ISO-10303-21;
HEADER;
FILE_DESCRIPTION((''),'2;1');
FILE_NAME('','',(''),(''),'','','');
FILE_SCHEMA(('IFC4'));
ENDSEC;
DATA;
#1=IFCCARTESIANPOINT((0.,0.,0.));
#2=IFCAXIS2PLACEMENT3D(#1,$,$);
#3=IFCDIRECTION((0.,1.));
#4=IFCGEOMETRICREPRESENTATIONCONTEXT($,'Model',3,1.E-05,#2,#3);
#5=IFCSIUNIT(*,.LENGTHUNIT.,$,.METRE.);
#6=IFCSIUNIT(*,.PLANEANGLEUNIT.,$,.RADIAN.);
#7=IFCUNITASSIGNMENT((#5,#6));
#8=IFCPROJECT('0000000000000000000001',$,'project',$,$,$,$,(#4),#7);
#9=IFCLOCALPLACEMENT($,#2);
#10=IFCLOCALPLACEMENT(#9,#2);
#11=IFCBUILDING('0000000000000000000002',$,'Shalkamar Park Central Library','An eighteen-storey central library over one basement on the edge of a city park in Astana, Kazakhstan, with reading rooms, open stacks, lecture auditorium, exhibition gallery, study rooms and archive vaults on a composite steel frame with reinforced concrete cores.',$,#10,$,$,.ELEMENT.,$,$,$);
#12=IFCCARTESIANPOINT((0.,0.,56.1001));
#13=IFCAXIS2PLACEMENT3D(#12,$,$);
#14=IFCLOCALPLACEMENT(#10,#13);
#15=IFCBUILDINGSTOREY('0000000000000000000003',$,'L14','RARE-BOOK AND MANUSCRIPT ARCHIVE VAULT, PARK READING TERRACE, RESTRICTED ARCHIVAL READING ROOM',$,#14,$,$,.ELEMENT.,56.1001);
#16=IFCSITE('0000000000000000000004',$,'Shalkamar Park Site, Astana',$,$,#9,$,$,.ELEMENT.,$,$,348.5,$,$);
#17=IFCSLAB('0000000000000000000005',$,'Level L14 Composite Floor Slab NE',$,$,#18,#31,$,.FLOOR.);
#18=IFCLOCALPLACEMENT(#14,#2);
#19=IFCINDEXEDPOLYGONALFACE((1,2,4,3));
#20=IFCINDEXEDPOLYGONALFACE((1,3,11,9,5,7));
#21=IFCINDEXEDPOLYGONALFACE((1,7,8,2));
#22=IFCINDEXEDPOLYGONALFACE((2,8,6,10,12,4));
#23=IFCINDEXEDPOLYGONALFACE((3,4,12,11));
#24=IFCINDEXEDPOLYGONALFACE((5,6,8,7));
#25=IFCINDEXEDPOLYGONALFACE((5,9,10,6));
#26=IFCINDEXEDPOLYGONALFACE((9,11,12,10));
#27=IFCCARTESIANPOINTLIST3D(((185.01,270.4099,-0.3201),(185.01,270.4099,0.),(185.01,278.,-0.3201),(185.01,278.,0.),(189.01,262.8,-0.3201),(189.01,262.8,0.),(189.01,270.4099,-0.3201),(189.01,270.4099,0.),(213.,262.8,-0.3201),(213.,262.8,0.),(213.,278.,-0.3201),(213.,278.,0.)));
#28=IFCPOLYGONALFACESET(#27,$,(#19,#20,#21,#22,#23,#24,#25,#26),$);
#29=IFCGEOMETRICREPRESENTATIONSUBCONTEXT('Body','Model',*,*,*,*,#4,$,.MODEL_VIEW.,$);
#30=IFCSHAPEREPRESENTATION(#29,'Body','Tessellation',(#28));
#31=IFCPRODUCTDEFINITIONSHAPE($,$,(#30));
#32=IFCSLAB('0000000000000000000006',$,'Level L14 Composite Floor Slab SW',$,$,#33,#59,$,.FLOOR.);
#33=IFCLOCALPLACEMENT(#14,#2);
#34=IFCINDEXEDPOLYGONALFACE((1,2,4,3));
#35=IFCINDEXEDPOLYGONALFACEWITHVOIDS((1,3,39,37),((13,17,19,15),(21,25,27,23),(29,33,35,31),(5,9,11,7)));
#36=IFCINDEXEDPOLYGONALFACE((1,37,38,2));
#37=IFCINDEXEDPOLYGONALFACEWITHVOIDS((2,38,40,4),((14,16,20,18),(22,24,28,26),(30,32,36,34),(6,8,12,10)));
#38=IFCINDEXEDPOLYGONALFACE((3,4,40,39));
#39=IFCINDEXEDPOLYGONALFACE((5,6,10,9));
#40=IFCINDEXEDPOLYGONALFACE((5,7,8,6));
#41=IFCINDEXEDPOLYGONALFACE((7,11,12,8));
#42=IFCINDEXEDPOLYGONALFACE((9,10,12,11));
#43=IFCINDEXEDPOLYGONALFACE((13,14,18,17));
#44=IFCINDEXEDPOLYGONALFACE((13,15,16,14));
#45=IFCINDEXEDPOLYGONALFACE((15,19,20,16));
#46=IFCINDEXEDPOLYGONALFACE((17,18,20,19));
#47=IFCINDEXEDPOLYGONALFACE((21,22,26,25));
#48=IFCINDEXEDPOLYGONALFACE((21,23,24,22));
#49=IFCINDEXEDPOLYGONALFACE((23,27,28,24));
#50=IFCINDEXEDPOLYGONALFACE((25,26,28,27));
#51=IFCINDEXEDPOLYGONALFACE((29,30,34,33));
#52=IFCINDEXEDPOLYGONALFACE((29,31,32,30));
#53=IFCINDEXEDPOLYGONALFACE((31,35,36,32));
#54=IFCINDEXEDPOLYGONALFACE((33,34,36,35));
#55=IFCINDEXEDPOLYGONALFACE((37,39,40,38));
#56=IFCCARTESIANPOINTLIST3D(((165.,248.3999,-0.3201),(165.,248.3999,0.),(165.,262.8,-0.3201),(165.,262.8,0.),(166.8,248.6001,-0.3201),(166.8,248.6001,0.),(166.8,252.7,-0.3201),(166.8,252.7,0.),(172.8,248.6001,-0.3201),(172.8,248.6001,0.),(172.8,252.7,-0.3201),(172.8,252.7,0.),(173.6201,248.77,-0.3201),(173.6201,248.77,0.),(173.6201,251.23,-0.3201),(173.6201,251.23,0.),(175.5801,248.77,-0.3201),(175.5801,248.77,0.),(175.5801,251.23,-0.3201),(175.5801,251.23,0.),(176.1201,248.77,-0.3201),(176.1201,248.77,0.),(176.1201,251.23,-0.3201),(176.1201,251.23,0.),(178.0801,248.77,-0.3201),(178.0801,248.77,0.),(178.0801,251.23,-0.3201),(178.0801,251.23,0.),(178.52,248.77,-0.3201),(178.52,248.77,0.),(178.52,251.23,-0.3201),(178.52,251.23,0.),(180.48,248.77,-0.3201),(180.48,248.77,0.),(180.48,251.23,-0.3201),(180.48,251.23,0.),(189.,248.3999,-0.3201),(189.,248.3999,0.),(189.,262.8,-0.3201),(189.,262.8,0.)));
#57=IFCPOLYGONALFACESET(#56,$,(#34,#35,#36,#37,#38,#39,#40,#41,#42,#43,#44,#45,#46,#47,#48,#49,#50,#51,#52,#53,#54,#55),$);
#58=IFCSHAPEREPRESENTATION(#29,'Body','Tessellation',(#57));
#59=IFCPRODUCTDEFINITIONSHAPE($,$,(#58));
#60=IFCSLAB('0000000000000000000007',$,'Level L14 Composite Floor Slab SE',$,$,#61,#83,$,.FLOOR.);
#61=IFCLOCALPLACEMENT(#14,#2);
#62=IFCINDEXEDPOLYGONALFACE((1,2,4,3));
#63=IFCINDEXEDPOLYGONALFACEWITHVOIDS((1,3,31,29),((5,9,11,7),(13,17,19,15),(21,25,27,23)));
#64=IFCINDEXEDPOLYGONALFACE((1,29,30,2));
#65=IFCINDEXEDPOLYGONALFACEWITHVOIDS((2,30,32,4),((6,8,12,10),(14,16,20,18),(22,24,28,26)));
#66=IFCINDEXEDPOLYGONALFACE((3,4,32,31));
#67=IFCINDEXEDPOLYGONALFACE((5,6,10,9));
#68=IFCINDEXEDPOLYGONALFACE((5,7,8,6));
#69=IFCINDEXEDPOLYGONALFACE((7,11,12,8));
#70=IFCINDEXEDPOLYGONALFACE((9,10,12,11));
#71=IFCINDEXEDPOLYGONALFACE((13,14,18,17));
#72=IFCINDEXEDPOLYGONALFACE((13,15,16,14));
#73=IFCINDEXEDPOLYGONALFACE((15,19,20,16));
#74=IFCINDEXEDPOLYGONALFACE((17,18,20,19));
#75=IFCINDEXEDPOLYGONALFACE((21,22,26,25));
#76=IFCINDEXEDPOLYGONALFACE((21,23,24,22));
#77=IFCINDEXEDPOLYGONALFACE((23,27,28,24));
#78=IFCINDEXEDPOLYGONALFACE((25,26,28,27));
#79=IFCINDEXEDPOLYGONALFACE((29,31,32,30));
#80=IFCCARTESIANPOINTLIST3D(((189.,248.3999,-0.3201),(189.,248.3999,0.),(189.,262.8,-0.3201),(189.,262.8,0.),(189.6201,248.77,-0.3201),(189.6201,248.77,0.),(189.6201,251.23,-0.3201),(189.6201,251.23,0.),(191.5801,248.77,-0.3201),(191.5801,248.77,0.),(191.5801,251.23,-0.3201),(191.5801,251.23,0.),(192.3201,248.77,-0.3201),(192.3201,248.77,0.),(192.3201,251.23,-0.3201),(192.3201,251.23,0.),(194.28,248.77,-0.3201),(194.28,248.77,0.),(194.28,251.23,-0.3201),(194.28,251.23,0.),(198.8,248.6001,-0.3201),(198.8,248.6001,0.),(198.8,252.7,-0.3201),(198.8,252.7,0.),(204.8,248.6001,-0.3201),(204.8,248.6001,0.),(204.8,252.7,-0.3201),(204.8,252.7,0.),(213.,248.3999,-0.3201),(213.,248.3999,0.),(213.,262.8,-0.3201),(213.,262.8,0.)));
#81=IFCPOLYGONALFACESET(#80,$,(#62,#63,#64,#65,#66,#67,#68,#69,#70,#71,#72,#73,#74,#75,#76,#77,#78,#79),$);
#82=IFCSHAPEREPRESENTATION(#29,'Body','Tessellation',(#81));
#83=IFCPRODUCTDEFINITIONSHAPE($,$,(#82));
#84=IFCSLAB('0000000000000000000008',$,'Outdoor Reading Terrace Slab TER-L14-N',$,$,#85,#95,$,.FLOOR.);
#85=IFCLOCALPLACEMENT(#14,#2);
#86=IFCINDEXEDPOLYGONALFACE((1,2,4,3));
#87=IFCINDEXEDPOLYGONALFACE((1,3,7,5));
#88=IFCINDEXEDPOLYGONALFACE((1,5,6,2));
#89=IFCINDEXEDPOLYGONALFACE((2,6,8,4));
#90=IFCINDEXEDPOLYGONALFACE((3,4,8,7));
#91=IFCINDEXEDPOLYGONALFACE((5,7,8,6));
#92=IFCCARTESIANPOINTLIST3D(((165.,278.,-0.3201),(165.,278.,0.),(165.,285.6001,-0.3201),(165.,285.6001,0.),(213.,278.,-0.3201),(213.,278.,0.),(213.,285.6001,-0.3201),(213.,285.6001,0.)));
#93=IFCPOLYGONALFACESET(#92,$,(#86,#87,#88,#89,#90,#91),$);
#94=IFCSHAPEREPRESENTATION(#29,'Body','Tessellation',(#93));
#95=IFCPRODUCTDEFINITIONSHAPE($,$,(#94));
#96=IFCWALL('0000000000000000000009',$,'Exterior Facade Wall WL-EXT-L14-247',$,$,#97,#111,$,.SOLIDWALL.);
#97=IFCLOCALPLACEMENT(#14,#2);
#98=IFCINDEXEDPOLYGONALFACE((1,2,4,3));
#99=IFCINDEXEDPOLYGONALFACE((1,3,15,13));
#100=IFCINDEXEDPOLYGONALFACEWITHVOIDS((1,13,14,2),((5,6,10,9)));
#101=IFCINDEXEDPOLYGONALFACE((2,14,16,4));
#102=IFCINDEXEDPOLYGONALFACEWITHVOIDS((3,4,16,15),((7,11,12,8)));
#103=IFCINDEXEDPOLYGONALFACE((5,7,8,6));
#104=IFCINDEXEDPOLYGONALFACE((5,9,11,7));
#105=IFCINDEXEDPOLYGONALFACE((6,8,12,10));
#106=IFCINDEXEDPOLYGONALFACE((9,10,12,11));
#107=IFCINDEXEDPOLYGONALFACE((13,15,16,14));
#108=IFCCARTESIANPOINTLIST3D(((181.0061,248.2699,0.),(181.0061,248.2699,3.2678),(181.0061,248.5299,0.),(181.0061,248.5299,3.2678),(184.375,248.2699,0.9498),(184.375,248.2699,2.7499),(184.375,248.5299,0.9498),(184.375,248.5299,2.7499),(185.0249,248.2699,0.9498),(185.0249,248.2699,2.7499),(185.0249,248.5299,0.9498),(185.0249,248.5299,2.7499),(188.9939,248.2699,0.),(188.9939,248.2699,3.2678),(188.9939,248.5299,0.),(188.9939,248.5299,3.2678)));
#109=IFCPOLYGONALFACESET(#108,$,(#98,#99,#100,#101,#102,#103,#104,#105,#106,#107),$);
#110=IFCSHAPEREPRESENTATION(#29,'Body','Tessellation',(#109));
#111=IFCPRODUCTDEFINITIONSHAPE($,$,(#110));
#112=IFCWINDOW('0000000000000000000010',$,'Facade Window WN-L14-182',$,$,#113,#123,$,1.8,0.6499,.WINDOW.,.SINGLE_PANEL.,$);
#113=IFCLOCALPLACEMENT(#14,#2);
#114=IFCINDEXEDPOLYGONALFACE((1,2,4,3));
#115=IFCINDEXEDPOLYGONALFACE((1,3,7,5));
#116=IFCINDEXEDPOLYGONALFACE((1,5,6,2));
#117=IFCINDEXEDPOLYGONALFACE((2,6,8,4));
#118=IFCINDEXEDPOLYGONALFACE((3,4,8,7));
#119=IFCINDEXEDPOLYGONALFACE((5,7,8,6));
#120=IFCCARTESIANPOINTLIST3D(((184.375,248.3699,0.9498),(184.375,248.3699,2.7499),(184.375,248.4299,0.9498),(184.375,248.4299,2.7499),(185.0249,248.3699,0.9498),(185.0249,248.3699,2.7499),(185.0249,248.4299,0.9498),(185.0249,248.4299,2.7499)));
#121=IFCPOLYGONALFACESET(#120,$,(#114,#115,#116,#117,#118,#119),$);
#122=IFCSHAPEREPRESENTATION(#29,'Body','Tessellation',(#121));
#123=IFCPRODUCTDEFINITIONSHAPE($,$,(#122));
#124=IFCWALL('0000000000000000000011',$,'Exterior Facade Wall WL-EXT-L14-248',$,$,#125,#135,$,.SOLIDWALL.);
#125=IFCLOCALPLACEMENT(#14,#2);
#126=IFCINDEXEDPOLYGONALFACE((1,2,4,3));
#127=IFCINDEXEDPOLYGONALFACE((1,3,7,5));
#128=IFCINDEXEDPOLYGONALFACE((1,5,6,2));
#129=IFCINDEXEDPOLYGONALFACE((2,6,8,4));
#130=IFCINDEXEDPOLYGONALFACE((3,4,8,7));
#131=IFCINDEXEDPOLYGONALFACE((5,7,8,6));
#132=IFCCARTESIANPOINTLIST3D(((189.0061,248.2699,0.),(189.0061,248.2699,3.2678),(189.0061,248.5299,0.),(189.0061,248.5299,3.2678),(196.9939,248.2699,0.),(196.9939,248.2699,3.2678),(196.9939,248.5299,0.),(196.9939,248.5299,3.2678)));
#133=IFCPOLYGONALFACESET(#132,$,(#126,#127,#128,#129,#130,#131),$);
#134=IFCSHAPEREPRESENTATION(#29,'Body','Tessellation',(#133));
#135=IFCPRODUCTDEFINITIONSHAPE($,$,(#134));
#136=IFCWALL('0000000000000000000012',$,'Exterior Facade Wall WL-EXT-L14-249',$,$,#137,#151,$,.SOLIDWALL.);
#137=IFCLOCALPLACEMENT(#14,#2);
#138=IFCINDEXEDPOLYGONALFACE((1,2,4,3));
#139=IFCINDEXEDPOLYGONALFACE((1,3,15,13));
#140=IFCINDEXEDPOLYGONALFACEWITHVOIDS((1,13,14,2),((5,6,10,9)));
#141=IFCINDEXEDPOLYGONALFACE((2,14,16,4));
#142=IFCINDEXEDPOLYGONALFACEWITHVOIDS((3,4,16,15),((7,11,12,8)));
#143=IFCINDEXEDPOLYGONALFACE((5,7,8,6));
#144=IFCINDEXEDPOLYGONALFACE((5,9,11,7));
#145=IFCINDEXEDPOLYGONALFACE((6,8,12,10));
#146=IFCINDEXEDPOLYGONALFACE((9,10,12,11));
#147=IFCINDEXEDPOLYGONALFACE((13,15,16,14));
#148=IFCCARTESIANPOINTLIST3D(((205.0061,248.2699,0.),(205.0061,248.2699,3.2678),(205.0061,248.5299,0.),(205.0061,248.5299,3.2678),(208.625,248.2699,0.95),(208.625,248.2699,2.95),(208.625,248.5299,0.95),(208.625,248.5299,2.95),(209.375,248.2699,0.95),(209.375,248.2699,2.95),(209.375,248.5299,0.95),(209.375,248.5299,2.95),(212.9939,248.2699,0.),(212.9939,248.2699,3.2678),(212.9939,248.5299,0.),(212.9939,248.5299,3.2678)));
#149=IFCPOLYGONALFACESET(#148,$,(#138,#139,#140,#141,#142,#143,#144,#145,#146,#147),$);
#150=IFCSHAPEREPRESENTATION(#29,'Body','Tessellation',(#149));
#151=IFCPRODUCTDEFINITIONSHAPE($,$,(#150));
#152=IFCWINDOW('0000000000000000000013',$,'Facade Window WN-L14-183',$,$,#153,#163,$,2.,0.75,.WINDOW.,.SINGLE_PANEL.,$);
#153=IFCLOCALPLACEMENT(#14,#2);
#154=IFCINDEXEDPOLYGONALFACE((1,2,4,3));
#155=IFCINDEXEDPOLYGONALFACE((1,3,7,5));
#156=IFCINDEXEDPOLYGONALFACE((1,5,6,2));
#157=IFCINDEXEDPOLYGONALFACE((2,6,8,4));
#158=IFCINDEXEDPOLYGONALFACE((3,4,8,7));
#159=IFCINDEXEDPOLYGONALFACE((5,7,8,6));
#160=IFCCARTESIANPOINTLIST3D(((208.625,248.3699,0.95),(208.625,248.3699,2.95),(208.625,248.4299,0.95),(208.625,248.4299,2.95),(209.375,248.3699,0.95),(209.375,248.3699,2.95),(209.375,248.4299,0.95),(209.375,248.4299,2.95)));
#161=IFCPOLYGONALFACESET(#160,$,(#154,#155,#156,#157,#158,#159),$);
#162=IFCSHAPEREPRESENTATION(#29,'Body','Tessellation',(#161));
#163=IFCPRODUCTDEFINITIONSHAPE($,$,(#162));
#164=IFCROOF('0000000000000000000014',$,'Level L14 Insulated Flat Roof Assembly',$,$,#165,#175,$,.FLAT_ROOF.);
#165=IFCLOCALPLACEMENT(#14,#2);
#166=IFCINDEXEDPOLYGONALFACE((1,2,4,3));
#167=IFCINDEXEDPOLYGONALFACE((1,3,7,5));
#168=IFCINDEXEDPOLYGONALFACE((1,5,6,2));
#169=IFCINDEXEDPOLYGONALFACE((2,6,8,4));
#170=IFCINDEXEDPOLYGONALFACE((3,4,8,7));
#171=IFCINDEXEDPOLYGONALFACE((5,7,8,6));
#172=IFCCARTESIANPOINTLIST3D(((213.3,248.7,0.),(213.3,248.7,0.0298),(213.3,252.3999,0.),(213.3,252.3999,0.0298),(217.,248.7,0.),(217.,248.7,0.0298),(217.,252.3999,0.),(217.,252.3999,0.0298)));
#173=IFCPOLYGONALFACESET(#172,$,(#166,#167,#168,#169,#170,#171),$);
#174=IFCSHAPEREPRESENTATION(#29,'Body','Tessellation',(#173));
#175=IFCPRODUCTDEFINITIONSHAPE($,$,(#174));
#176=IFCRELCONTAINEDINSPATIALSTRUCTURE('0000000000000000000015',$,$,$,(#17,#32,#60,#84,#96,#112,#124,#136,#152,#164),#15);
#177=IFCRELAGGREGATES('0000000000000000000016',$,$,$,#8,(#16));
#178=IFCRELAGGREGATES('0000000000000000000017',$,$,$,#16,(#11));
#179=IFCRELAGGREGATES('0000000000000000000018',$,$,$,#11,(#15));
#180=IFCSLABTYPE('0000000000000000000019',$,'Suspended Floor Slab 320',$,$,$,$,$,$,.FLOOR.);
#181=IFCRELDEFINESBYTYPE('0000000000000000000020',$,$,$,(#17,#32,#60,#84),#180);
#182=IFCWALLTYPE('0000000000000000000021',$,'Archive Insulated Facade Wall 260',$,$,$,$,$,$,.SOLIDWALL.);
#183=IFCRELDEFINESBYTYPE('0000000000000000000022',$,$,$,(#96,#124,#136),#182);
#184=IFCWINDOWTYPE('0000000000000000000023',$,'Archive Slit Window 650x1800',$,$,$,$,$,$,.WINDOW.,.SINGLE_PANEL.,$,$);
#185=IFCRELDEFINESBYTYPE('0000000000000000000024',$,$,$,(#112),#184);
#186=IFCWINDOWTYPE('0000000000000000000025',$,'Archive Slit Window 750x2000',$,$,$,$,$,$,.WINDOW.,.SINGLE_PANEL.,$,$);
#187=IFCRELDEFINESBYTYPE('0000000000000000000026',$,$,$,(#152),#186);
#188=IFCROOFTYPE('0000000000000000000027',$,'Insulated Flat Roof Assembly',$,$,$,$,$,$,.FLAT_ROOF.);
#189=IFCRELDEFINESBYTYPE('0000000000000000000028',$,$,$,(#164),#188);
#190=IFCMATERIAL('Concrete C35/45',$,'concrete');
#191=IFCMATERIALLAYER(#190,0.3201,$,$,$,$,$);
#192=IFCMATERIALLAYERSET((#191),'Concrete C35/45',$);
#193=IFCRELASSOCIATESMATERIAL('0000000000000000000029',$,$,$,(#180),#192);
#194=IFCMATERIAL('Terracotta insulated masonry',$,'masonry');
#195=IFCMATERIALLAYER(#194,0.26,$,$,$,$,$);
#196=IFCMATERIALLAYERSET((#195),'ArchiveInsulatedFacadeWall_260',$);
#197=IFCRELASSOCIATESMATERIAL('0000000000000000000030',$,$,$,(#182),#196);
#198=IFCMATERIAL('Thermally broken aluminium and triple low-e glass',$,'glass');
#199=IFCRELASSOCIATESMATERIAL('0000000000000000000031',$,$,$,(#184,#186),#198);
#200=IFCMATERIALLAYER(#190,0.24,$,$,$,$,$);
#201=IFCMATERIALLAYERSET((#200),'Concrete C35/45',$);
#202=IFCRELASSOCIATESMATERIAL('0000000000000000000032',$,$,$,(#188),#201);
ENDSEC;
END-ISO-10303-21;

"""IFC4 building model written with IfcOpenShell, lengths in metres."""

from ifc_helpers import new_model, si_unit, direction, frame, frame_2d, origin, place, context, subcontext, project, spatial, polyline, rectangle, outline, extrude, material, layer, layer_set, type_object, element, fill, save


model = new_model("IFC4")

# Units and contexts
model_context = context("Model", 3, precision=1e-05, world=origin(), true_north=direction((0.0, 1.0)))
body_context = subcontext(model_context, "Body", "Model", "MODEL_VIEW")
ifc_project = project(units=[si_unit("LENGTHUNIT", "METRE"), si_unit("PLANEANGLEUNIT", "RADIAN")], contexts=[model_context])

# Site, building, storey
site_placement = place(None, origin())
site = spatial("IfcSite", under=ifc_project, at=site_placement, Name="Shalkamar Park Site, Astana", CompositionType="ELEMENT", RefElevation=348.5)
building_placement = place(site_placement, origin())
building = spatial("IfcBuilding", under=site, at=building_placement, Name="Shalkamar Park Central Library", Description="An eighteen-storey central library over one basement on the edge of a city park in Astana, Kazakhstan, with reading rooms, open stacks, lecture auditorium, exhibition gallery, study rooms and archive vaults on a composite steel frame with reinforced concrete cores.", CompositionType="ELEMENT")
storey_placement = place(building_placement, frame((0.0, 0.0, 56.1001)))
storey = spatial("IfcBuildingStorey", under=building, at=storey_placement, Name="L14", Description="RARE-BOOK AND MANUSCRIPT ARCHIVE VAULT, PARK READING TERRACE, RESTRICTED ARCHIVAL READING ROOM", CompositionType="ELEMENT", Elevation=56.1001)

# Shared definitions
ifc_material_1 = material(Name="Concrete C35/45", Category="concrete")

# Slabs
ifc_layer_1 = layer(ifc_material_1, 0.3201)
ifc_layer_set_1 = layer_set([ifc_layer_1], Name="Concrete C35/45")
slab_type_1 = type_object("IfcSlabType", Name="Suspended Floor Slab 320", PredefinedType="FLOOR", material=ifc_layer_set_1)
slab_1_placement = place(storey_placement, frame((0.0, 0.0, -0.3201)))
element("IfcSlab", 1, at=slab_1_placement, inside=storey, type_object=slab_type_1, Name="Level L14 Composite Floor Slab NE", PredefinedType="FLOOR", context=body_context, shape_type="SweptSolid", body=[
    extrude(outline(polyline([(189.01, 262.8), (213.0, 262.8), (213.0, 278.0), (185.01, 278.0), (185.01, 270.4099), (189.01, 270.4099), (189.01, 262.8)])), origin(), (0.0, 0.0, 1.0), 0.3201),
])
slab_2_placement = place(storey_placement, frame((0.0, 0.0, -0.3201)))
element("IfcSlab", 2, at=slab_2_placement, inside=storey, type_object=slab_type_1, Name="Level L14 Composite Floor Slab SW", PredefinedType="FLOOR", context=body_context, shape_type="SweptSolid", body=[
    extrude(outline(polyline([(165.0, 248.3999), (165.0, 262.8), (189.0, 262.8), (189.0, 248.3999), (165.0, 248.3999)]), holes=[polyline([(173.6201, 248.77), (175.5801, 248.77), (175.5801, 251.23), (173.6201, 251.23), (173.6201, 248.77)]), polyline([(176.1201, 251.23), (176.1201, 248.77), (178.0801, 248.77), (178.0801, 251.23), (176.1201, 251.23)]), polyline([(178.52, 251.23), (178.52, 248.77), (180.48, 248.77), (180.48, 251.23), (178.52, 251.23)]), polyline([(166.8, 252.7), (166.8, 248.6001), (172.8, 248.6001), (172.8, 252.7), (166.8, 252.7)])]), origin(), (0.0, 0.0, 1.0), 0.3201),
])
slab_3_placement = place(storey_placement, frame((0.0, 0.0, -0.3201)))
element("IfcSlab", 3, at=slab_3_placement, inside=storey, type_object=slab_type_1, Name="Level L14 Composite Floor Slab SE", PredefinedType="FLOOR", context=body_context, shape_type="SweptSolid", body=[
    extrude(outline(polyline([(189.0, 248.3999), (189.0, 262.8), (213.0, 262.8), (213.0, 248.3999), (189.0, 248.3999)]), holes=[polyline([(189.6201, 251.23), (189.6201, 248.77), (191.5801, 248.77), (191.5801, 251.23), (189.6201, 251.23)]), polyline([(192.3201, 251.23), (192.3201, 248.77), (194.28, 248.77), (194.28, 251.23), (192.3201, 251.23)]), polyline([(198.8, 252.7), (198.8, 248.6001), (204.8, 248.6001), (204.8, 252.7), (198.8, 252.7)])]), origin(), (0.0, 0.0, 1.0), 0.3201),
])
slab_4_placement = place(storey_placement, frame((0.0, 0.0, -0.3201)))
element("IfcSlab", 4, at=slab_4_placement, inside=storey, type_object=slab_type_1, Name="Outdoor Reading Terrace Slab TER-L14-N", PredefinedType="FLOOR", context=body_context, shape_type="SweptSolid", body=[
    extrude(outline(polyline([(165.0, 278.0), (213.0, 278.0), (213.0, 285.6001), (165.0, 285.6001), (165.0, 278.0)])), origin(), (0.0, 0.0, 1.0), 0.3201),
])

# Wall, opening, window
ifc_material_2 = material(Name="Terracotta insulated masonry", Category="masonry")
ifc_layer_2 = layer(ifc_material_2, 0.26)
ifc_layer_set_2 = layer_set([ifc_layer_2], Name="ArchiveInsulatedFacadeWall_260")
wall_type = type_object("IfcWallType", Name="Archive Insulated Facade Wall 260", PredefinedType="SOLIDWALL", material=ifc_layer_set_2)
wall_1_placement = place(storey_placement, frame((181.0061, 248.3999, 0.0), z_axis=(0.0, 0.0, 1.0), x_axis=(1.0, 0.0, 0.0)))
wall_1 = element("IfcWall", 5, at=wall_1_placement, inside=storey, type_object=wall_type, Name="Exterior Facade Wall WL-EXT-L14-247", PredefinedType="SOLIDWALL", context=body_context, shape_type="SweptSolid", body=[
    extrude(rectangle(XDim=7.9878, YDim=0.26, at=frame_2d((3.9939, 0.0))), origin(), (0.0, 0.0, 1.0), 3.2678),
])
opening_1_placement = place(wall_1_placement, frame((3.3689, 0.0, 0.95)))
opening_1 = element("IfcOpeningElement", 6, at=opening_1_placement, cuts=wall_1, PredefinedType="OPENING", context=body_context, shape_type="SweptSolid", body=[
    extrude(rectangle(XDim=0.6499, YDim=1.8, at=frame_2d((0.325, 0.8999))), frame((0.0, 0.145, 0.0), z_axis=(0.0, -1.0, 0.0), x_axis=(1.0, 0.0, 0.0)), (0.0, 0.0, 1.0), 0.2898),
])
ifc_material_3 = material(Name="Thermally broken aluminium and triple low-e glass", Category="glass")
window_type_1 = type_object("IfcWindowType", Name="Archive Slit Window 650x1800", PartitioningType="SINGLE_PANEL", PredefinedType="WINDOW", material=ifc_material_3)
window_1_placement = place(opening_1_placement, origin())
window_1 = element("IfcWindow", 7, at=window_1_placement, inside=storey, type_object=window_type_1, Name="Facade Window WN-L14-182", OverallHeight=1.8, OverallWidth=0.6499, PartitioningType="SINGLE_PANEL", PredefinedType="WINDOW", context=body_context, shape_type="SweptSolid", body=[
    extrude(rectangle(XDim=0.6499, YDim=1.8, at=frame_2d((0.325, 0.8999))), frame((0.0, 0.03, 0.0), z_axis=(0.0, -1.0, 0.0), x_axis=(1.0, 0.0, 0.0)), (0.0, 0.0, 1.0), 0.0601),
])
fill(opening_1, window_1)

# Wall
wall_2_placement = place(storey_placement, frame((189.0061, 248.3999, 0.0), z_axis=(0.0, 0.0, 1.0), x_axis=(1.0, 0.0, 0.0)))
element("IfcWall", 8, at=wall_2_placement, inside=storey, type_object=wall_type, Name="Exterior Facade Wall WL-EXT-L14-248", PredefinedType="SOLIDWALL", context=body_context, shape_type="SweptSolid", body=[
    extrude(rectangle(XDim=7.9878, YDim=0.26, at=frame_2d((3.9939, 0.0))), origin(), (0.0, 0.0, 1.0), 3.2678),
])

# Wall, opening, window
wall_3_placement = place(storey_placement, frame((205.0061, 248.3999, 0.0), z_axis=(0.0, 0.0, 1.0), x_axis=(1.0, 0.0, 0.0)))
wall_3 = element("IfcWall", 9, at=wall_3_placement, inside=storey, type_object=wall_type, Name="Exterior Facade Wall WL-EXT-L14-249", PredefinedType="SOLIDWALL", context=body_context, shape_type="SweptSolid", body=[
    extrude(rectangle(XDim=7.9878, YDim=0.26, at=frame_2d((3.9939, 0.0))), origin(), (0.0, 0.0, 1.0), 3.2678),
])
opening_2_placement = place(wall_3_placement, frame((3.6189, 0.0, 0.95)))
opening_2 = element("IfcOpeningElement", 10, at=opening_2_placement, cuts=wall_3, PredefinedType="OPENING", context=body_context, shape_type="SweptSolid", body=[
    extrude(rectangle(XDim=0.75, YDim=2.0, at=frame_2d((0.375, 1.0))), frame((0.0, 0.145, 0.0), z_axis=(0.0, -1.0, 0.0), x_axis=(1.0, 0.0, 0.0)), (0.0, 0.0, 1.0), 0.2898),
])
window_type_2 = type_object("IfcWindowType", Name="Archive Slit Window 750x2000", PartitioningType="SINGLE_PANEL", PredefinedType="WINDOW", material=ifc_material_3)
window_2_placement = place(opening_2_placement, origin())
window_2 = element("IfcWindow", 11, at=window_2_placement, inside=storey, type_object=window_type_2, Name="Facade Window WN-L14-183", OverallHeight=2.0, OverallWidth=0.75, PartitioningType="SINGLE_PANEL", PredefinedType="WINDOW", context=body_context, shape_type="SweptSolid", body=[
    extrude(rectangle(XDim=0.75, YDim=2.0, at=frame_2d((0.375, 1.0))), frame((0.0, 0.03, 0.0), z_axis=(0.0, -1.0, 0.0), x_axis=(1.0, 0.0, 0.0)), (0.0, 0.0, 1.0), 0.0601),
])
fill(opening_2, window_2)

# Roof
ifc_layer_3 = layer(ifc_material_1, 0.24)
ifc_layer_set_3 = layer_set([ifc_layer_3], Name="Concrete C35/45")
roof_type = type_object("IfcRoofType", Name="Insulated Flat Roof Assembly", PredefinedType="FLAT_ROOF", material=ifc_layer_set_3)
roof_placement = place(storey_placement, origin())
element("IfcRoof", 12, at=roof_placement, inside=storey, type_object=roof_type, Name="Level L14 Insulated Flat Roof Assembly", PredefinedType="FLAT_ROOF", context=body_context, shape_type="SweptSolid", body=[
    extrude(outline(polyline([(213.3, 248.7), (217.0, 248.7), (217.0, 252.3999), (213.3, 252.3999), (213.3, 248.7)])), origin(), (0.0, 0.0, 1.0), 0.0298),
])

save(model, "model.ifc")
